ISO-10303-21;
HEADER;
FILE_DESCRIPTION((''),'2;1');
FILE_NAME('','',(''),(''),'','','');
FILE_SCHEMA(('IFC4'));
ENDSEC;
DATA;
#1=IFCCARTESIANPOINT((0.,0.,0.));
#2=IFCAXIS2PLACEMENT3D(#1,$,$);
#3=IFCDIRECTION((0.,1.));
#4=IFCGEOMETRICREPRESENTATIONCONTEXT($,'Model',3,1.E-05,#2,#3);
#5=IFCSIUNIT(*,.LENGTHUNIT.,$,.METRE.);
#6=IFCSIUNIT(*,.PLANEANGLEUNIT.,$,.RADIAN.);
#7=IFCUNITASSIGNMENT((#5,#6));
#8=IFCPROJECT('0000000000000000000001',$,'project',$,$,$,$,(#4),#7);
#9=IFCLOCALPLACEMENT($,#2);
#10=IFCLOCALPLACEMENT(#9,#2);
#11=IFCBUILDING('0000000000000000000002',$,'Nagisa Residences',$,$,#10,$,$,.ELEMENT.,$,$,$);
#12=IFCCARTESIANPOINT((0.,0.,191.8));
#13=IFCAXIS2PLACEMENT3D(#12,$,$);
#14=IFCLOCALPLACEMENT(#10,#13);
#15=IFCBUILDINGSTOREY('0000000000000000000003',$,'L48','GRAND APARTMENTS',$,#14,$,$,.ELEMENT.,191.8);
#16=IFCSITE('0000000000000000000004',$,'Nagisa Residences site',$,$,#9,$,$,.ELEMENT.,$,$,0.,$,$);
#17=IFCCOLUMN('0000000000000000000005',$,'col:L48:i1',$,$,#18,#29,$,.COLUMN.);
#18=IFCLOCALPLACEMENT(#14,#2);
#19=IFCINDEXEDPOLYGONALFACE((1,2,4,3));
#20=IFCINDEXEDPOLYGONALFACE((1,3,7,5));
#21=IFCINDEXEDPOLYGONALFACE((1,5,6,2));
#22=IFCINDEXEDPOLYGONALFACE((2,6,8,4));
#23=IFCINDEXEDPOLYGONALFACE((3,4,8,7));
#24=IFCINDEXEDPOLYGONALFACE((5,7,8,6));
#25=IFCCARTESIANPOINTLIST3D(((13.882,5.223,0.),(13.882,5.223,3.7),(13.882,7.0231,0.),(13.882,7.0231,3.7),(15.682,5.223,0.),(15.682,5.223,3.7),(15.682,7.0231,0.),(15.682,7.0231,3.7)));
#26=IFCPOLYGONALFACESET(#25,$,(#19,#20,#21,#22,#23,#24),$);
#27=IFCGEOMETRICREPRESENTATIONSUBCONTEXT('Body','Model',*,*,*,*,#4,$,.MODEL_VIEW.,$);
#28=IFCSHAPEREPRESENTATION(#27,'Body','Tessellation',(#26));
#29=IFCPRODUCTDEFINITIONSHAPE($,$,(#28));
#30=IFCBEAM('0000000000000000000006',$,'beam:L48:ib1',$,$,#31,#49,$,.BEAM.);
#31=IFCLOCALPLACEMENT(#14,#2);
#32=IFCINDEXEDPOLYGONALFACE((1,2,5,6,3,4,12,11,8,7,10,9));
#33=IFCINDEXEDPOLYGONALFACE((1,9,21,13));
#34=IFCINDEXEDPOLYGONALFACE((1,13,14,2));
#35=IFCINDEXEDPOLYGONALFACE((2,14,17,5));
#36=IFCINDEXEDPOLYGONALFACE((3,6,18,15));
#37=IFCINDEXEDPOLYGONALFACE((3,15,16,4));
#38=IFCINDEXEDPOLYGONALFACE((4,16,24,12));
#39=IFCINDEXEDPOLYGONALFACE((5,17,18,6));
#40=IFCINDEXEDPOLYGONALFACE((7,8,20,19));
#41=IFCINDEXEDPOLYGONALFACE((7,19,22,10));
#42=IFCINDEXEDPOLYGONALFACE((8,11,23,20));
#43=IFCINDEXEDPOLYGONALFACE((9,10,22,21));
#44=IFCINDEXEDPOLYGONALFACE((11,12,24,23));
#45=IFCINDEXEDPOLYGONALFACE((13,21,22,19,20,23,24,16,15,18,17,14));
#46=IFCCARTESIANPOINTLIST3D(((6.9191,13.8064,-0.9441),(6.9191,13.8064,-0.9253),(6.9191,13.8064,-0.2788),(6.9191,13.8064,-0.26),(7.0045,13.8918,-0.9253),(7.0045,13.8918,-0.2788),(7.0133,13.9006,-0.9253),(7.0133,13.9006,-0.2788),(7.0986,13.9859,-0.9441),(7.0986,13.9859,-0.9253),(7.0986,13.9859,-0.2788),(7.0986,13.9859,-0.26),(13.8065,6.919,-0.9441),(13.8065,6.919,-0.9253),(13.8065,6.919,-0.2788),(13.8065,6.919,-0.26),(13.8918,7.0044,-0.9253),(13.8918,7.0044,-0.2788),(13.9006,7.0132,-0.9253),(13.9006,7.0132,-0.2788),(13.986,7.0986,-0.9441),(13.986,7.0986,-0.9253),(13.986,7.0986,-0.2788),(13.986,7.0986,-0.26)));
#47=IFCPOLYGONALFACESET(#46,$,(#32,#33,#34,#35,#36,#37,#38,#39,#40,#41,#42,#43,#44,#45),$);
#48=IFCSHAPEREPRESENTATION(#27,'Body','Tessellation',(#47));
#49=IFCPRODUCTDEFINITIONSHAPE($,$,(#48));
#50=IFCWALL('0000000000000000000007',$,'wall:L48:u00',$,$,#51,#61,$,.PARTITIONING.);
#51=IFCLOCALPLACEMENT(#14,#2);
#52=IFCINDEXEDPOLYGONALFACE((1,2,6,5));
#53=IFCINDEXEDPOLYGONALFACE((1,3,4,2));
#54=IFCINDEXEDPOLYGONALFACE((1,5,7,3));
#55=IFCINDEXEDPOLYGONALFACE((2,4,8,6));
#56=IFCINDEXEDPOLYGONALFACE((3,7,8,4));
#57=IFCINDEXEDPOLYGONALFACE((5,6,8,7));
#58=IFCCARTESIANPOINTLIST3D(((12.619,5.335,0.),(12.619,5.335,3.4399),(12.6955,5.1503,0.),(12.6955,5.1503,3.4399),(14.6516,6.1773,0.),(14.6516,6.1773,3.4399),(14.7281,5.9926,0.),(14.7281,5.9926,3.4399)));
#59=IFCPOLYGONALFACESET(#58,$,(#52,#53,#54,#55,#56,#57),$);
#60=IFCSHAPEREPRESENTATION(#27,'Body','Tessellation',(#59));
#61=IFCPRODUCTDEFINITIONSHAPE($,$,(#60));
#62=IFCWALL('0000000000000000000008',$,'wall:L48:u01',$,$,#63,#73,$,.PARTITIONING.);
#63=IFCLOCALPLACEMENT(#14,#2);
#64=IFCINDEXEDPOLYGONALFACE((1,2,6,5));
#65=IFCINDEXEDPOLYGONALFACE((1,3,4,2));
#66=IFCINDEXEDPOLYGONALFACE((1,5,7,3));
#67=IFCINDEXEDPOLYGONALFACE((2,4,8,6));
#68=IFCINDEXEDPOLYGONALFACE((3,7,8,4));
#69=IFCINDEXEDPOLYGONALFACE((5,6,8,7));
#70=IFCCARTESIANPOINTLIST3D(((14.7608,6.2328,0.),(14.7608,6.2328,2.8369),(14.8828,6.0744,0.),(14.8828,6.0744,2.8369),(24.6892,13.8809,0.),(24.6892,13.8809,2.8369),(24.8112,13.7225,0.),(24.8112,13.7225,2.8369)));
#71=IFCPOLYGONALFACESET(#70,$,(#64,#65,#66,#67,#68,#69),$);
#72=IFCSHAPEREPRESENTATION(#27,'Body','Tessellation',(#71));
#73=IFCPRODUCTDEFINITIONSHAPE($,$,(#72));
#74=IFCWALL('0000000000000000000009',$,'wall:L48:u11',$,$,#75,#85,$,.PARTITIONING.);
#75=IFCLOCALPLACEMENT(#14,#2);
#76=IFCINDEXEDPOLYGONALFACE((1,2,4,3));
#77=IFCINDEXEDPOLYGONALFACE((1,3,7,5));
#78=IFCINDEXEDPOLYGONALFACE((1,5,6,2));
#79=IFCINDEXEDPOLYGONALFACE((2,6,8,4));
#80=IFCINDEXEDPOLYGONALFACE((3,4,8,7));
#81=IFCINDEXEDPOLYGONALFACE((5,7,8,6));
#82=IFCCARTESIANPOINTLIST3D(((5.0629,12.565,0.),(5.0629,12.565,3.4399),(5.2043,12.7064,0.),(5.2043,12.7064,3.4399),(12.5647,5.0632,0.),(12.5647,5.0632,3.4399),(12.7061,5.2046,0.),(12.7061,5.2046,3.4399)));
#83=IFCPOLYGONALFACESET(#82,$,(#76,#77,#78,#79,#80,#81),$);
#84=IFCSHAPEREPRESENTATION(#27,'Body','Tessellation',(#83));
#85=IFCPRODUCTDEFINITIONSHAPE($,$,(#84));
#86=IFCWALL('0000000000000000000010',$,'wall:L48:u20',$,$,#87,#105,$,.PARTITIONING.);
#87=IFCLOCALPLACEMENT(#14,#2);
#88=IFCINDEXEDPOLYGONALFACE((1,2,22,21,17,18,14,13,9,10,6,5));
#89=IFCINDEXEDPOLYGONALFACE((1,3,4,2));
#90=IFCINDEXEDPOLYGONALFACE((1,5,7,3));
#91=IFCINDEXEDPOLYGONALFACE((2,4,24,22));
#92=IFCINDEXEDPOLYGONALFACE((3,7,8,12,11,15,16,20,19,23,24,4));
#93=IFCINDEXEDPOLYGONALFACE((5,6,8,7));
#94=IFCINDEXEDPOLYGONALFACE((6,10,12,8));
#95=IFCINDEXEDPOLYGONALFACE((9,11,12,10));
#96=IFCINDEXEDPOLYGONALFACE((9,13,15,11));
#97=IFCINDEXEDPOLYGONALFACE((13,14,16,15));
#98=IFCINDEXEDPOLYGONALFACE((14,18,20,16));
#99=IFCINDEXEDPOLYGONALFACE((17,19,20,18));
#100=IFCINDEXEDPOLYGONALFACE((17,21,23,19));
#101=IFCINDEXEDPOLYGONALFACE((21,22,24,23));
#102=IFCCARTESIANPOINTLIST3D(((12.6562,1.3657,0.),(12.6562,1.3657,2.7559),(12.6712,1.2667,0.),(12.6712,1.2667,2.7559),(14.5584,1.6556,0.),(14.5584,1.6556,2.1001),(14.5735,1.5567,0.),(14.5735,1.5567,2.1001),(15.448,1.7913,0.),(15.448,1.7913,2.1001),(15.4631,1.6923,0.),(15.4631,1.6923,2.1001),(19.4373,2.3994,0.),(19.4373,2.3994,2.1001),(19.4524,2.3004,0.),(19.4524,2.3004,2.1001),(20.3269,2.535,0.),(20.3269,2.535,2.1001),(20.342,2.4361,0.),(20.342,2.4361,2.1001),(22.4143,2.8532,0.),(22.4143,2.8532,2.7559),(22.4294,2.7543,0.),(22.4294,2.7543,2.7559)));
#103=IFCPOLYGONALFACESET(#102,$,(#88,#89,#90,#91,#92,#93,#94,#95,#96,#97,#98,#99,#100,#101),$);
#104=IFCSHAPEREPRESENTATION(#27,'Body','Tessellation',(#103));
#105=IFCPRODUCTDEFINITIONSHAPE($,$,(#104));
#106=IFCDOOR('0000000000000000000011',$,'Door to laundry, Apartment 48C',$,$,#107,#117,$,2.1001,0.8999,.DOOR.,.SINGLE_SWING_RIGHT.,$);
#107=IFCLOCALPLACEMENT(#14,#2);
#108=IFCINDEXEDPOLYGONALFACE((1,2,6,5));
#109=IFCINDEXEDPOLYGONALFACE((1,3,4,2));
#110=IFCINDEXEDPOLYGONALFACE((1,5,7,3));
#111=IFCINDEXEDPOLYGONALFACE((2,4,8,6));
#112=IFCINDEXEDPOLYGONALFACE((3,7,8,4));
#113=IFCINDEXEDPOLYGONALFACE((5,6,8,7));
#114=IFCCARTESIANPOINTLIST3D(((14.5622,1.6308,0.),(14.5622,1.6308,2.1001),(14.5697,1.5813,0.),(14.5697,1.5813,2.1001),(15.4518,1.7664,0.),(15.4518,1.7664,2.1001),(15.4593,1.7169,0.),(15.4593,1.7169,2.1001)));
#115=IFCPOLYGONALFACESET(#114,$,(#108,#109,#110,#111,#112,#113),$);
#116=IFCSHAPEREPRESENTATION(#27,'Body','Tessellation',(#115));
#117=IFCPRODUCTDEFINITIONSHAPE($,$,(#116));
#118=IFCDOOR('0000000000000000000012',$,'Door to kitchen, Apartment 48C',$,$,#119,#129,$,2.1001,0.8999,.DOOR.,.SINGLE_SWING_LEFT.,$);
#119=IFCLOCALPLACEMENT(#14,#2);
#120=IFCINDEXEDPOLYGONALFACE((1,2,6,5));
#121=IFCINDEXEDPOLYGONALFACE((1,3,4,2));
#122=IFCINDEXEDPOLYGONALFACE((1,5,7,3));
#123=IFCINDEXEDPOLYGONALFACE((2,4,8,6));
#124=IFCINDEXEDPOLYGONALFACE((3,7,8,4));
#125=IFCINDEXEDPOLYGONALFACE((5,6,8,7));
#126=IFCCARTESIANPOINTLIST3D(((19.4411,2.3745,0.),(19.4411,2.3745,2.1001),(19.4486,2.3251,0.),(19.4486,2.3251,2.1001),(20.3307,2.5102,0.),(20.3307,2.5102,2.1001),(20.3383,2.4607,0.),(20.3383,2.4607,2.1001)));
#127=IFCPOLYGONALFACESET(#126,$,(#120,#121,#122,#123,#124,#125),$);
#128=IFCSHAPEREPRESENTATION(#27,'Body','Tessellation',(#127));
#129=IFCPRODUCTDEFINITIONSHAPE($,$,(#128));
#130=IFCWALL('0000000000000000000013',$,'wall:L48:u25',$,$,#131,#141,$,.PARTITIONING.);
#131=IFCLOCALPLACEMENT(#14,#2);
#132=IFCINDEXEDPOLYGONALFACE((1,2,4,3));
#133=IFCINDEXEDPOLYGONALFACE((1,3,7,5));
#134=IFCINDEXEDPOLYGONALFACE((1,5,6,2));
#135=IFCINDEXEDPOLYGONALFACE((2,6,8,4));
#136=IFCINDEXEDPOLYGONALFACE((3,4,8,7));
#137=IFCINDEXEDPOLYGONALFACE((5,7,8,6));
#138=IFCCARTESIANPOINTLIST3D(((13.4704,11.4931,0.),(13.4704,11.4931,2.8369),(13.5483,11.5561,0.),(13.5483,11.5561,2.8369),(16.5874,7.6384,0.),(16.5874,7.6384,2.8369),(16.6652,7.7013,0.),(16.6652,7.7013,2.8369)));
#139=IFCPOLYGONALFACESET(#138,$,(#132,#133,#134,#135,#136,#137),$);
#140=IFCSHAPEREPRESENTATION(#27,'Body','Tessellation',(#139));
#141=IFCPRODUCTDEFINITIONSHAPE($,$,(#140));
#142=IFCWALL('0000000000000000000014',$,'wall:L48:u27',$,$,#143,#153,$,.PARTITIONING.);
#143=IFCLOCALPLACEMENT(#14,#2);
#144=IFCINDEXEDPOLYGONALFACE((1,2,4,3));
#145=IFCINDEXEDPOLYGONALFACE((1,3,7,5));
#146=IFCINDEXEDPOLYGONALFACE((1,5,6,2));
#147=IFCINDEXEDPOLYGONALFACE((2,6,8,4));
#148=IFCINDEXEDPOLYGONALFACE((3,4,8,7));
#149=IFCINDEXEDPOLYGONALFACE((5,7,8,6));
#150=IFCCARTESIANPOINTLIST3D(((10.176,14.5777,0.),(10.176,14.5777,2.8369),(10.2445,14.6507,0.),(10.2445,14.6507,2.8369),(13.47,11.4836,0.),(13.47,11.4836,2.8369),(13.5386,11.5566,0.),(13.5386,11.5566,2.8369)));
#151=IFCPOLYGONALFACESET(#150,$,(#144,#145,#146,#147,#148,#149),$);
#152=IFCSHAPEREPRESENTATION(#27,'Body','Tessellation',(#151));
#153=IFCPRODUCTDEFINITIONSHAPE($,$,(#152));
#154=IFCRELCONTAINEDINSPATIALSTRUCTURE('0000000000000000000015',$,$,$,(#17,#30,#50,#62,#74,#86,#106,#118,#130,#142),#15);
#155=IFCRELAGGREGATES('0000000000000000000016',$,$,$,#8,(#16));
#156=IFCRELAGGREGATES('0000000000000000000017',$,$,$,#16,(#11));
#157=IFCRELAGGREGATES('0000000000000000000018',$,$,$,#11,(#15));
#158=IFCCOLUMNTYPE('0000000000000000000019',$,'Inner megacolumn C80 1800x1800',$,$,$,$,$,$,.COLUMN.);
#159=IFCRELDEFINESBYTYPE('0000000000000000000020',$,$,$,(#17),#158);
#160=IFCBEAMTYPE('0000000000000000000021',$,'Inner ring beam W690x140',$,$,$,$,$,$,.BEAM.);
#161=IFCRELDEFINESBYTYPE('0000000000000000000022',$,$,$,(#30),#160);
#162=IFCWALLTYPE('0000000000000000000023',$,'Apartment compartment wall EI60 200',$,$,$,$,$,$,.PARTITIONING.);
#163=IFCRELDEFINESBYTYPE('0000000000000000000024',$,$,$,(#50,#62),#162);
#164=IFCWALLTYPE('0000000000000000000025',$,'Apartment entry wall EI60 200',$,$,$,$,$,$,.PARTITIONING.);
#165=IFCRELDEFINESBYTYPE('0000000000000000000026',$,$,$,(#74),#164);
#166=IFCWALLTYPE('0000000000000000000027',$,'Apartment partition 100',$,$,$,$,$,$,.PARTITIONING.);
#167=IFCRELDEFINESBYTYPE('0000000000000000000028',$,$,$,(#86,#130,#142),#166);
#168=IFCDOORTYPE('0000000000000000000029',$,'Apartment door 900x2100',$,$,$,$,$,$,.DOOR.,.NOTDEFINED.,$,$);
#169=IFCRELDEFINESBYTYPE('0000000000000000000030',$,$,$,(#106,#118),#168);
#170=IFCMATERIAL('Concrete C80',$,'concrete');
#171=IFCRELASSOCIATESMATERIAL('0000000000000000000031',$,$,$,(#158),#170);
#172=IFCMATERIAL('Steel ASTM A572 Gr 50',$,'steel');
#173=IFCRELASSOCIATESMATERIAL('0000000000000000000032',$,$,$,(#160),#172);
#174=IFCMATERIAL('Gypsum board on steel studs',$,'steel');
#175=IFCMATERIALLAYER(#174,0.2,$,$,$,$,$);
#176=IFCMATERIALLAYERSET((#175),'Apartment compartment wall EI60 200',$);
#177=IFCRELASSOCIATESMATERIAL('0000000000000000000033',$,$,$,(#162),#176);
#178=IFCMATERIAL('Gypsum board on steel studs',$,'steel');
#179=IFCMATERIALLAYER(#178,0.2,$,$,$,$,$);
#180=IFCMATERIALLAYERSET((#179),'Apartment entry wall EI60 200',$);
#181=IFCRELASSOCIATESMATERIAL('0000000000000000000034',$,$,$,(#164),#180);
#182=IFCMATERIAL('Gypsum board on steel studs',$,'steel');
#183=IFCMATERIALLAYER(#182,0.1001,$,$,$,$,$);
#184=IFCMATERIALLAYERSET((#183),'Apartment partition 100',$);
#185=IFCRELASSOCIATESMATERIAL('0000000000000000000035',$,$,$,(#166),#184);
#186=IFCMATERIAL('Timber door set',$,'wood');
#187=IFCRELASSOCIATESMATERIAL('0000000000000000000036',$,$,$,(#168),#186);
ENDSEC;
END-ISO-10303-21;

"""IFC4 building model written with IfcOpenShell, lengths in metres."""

from ifc_helpers import new_model, si_unit, direction, frame, frame_2d, origin, origin_2d, place, context, subcontext, project, spatial, rectangle, i_section, extrude, material, layer, layer_set, material_profile, profile_set, type_object, element, fill, save


model = new_model("IFC4")

# Units and contexts
model_context = context("Model", 3, precision=1e-05, world=origin(), true_north=direction((0.0, 1.0)))
body_context = subcontext(model_context, "Body", "Model", "MODEL_VIEW")
ifc_project = project(units=[si_unit("LENGTHUNIT", "METRE"), si_unit("PLANEANGLEUNIT", "RADIAN")], contexts=[model_context])

# Site, building, storey
site_placement = place(None, origin())
site = spatial("IfcSite", under=ifc_project, at=site_placement, Name="Nagisa Residences site", CompositionType="ELEMENT", RefElevation=0.0)
building_placement = place(site_placement, origin())
building = spatial("IfcBuilding", under=site, at=building_placement, Name="Nagisa Residences", CompositionType="ELEMENT")
storey_placement = place(building_placement, frame((0.0, 0.0, 191.8)))
storey = spatial("IfcBuildingStorey", under=building, at=storey_placement, Name="L48", Description="GRAND APARTMENTS", CompositionType="ELEMENT", Elevation=191.8)

# Column
ifc_material_1 = material(Name="Concrete C80", Category="concrete")
ifc_material_profile_1 = material_profile(ifc_material_1, rectangle(XDim=1.8, YDim=1.8, at=origin_2d()), Name="C80 1800x1800")
ifc_profile_set_1 = profile_set([ifc_material_profile_1], Name="Concrete C80")
column_type = type_object("IfcColumnType", Name="Inner megacolumn C80 1800x1800", PredefinedType="COLUMN", material=ifc_profile_set_1)
column_placement = place(storey_placement, frame((14.782, 6.123, 0.0), z_axis=(0.0, 0.0, 1.0), x_axis=(1.0, 0.0, 0.0)))
element("IfcColumn", 1, at=column_placement, inside=storey, type_object=column_type, Name="col:L48:i1", PredefinedType="COLUMN", context=body_context, shape_type="SweptSolid", body=[
    extrude(rectangle(XDim=1.8, YDim=1.8, at=origin_2d()), origin(), (0.0, 0.0, 1.0), 3.7),
])

# Beam
ifc_material_2 = material(Name="Steel ASTM A572 Gr 50", Category="steel")
ifc_material_profile_2 = material_profile(ifc_material_2, i_section(OverallWidth=0.2539, OverallDepth=0.6841, WebThickness=0.0125, FlangeThickness=0.0188, at=origin_2d()), Name="W690x140")
ifc_profile_set_2 = profile_set([ifc_material_profile_2], Name="Steel ASTM A572 Gr 50")
beam_type = type_object("IfcBeamType", Name="Inner ring beam W690x140", PredefinedType="BEAM", material=ifc_profile_set_2)
beam_placement = place(storey_placement, frame((13.8962, 7.0088, -0.6021), z_axis=(-0.707107, 0.707107, 0.0), x_axis=(-0.707107, -0.707107, 0.0)))
element("IfcBeam", 2, at=beam_placement, inside=storey, type_object=beam_type, Name="beam:L48:ib1", PredefinedType="BEAM", context=body_context, shape_type="SweptSolid", body=[
    extrude(i_section(OverallWidth=0.2539, OverallDepth=0.6841, WebThickness=0.0125, FlangeThickness=0.0188, at=origin_2d()), origin(), (0.0, 0.0, 1.0), 9.7402),
])

# Walls
ifc_material_3 = material(Name="Gypsum board on steel studs", Category="steel")
ifc_layer_1 = layer(ifc_material_3, 0.2)
ifc_layer_set_1 = layer_set([ifc_layer_1], Name="Apartment compartment wall EI60 200")
wall_type_1 = type_object("IfcWallType", Name="Apartment compartment wall EI60 200", PredefinedType="PARTITIONING", material=ifc_layer_set_1)
wall_1_placement = place(storey_placement, frame((12.6572, 5.2427, 0.0), z_axis=(0.0, 0.0, 1.0), x_axis=(0.92383, 0.382803, 0.0)))
element("IfcWall", 3, at=wall_1_placement, inside=storey, type_object=wall_type_1, Name="wall:L48:u00", PredefinedType="PARTITIONING", context=body_context, shape_type="SweptSolid", body=[
    extrude(rectangle(XDim=2.2002, YDim=0.2, at=frame_2d((1.1001, 0.0))), origin(), (0.0, 0.0, 1.0), 3.4399),
])
wall_2_placement = place(storey_placement, frame((14.8218, 6.1536, 0.0), z_axis=(0.0, 0.0, 1.0), x_axis=(0.792203, 0.610258, 0.0)))
element("IfcWall", 4, at=wall_2_placement, inside=storey, type_object=wall_type_1, Name="wall:L48:u01", PredefinedType="PARTITIONING", context=body_context, shape_type="SweptSolid", body=[
    extrude(rectangle(XDim=12.5327, YDim=0.2, at=frame_2d((6.2664, 0.0))), origin(), (0.0, 0.0, 1.0), 2.8369),
])
ifc_material_4 = material(Name="Gypsum board on steel studs", Category="steel")
ifc_layer_2 = layer(ifc_material_4, 0.2)
ifc_layer_set_2 = layer_set([ifc_layer_2], Name="Apartment entry wall EI60 200")
wall_type_2 = type_object("IfcWallType", Name="Apartment entry wall EI60 200", PredefinedType="PARTITIONING", material=ifc_layer_set_2)
wall_3_placement = place(storey_placement, frame((12.6355, 5.1338, 0.0), z_axis=(0.0, 0.0, 1.0), x_axis=(-0.707107, 0.707107, 0.0)))
element("IfcWall", 5, at=wall_3_placement, inside=storey, type_object=wall_type_2, Name="wall:L48:u11", PredefinedType="PARTITIONING", context=body_context, shape_type="SweptSolid", body=[
    extrude(rectangle(XDim=10.6091, YDim=0.2, at=frame_2d((5.3047, 0.0))), origin(), (0.0, 0.0, 1.0), 3.4399),
])

# Wall, openings, doors
ifc_material_5 = material(Name="Gypsum board on steel studs", Category="steel")
ifc_layer_3 = layer(ifc_material_5, 0.1001)
ifc_layer_set_3 = layer_set([ifc_layer_3], Name="Apartment partition 100")
wall_type_3 = type_object("IfcWallType", Name="Apartment partition 100", PredefinedType="PARTITIONING", material=ifc_layer_set_3)
wall_4_placement = place(storey_placement, frame((12.6636, 1.3162, 0.0), z_axis=(0.0, 0.0, 1.0), x_axis=(0.988579, 0.150702, 0.0)))
wall_4 = element("IfcWall", 6, at=wall_4_placement, inside=storey, type_object=wall_type_3, Name="wall:L48:u20", PredefinedType="PARTITIONING", context=body_context, shape_type="SweptSolid", body=[
    extrude(rectangle(XDim=9.8708, YDim=0.1001, at=frame_2d((4.9355, 0.0))), origin(), (0.0, 0.0, 1.0), 2.7559),
])
opening_1_placement = place(wall_4_placement, frame((1.9243, 0.0, 0.0)))
opening_1 = element("IfcOpeningElement", 7, at=opening_1_placement, cuts=wall_4, PredefinedType="OPENING", context=body_context, shape_type="SweptSolid", body=[
    extrude(rectangle(XDim=0.8999, YDim=2.1001, at=frame_2d((0.45, 1.05))), frame((0.0, 0.0601, 0.0), z_axis=(0.0, -1.0, 0.0), x_axis=(1.0, 0.0, 0.0)), (0.0, 0.0, 1.0), 0.1201),
])
opening_2_placement = place(wall_4_placement, frame((6.8596, 0.0, 0.0)))
opening_2 = element("IfcOpeningElement", 8, at=opening_2_placement, cuts=wall_4, PredefinedType="OPENING", context=body_context, shape_type="SweptSolid", body=[
    extrude(rectangle(XDim=0.8999, YDim=2.1001, at=frame_2d((0.45, 1.05))), frame((0.0, 0.0601, 0.0), z_axis=(0.0, -1.0, 0.0), x_axis=(1.0, 0.0, 0.0)), (0.0, 0.0, 1.0), 0.1201),
])
ifc_material_6 = material(Name="Timber door set", Category="wood")
door_type_1 = type_object("IfcDoorType", Name="Apartment door 900x2100", OperationType="NOTDEFINED", PredefinedType="DOOR", material=ifc_material_6)
door_1_placement = place(opening_1_placement, origin())
door_1 = element("IfcDoor", 9, at=door_1_placement, inside=storey, type_object=door_type_1, Name="Door to laundry, Apartment 48C", OperationType="SINGLE_SWING_RIGHT", OverallHeight=2.1001, OverallWidth=0.8999, PredefinedType="DOOR", context=body_context, shape_type="SweptSolid", body=[
    extrude(rectangle(XDim=0.8999, YDim=2.1001, at=frame_2d((0.45, 1.05))), frame((0.0, 0.0249, 0.0), z_axis=(0.0, -1.0, 0.0), x_axis=(1.0, 0.0, 0.0)), (0.0, 0.0, 1.0), 0.05),
])
fill(opening_1, door_1)
door_2_placement = place(opening_2_placement, origin())
door_2 = element("IfcDoor", 10, at=door_2_placement, inside=storey, type_object=door_type_1, Name="Door to kitchen, Apartment 48C", OperationType="SINGLE_SWING_LEFT", OverallHeight=2.1001, OverallWidth=0.8999, PredefinedType="DOOR", context=body_context, shape_type="SweptSolid", body=[
    extrude(rectangle(XDim=0.8999, YDim=2.1001, at=frame_2d((0.45, 1.05))), frame((0.0, 0.0249, 0.0), z_axis=(0.0, -1.0, 0.0), x_axis=(1.0, 0.0, 0.0)), (0.0, 0.0, 1.0), 0.05),
])
fill(opening_2, door_2)

# Walls
wall_5_placement = place(storey_placement, frame((16.6262, 7.6699, 0.0), z_axis=(0.0, 0.0, 1.0), x_axis=(-0.628765, 0.777596, 0.0)))
element("IfcWall", 11, at=wall_5_placement, inside=storey, type_object=wall_type_3, Name="wall:L48:u25", PredefinedType="PARTITIONING", context=body_context, shape_type="SweptSolid", body=[
    extrude(rectangle(XDim=4.9573, YDim=0.1001, at=frame_2d((2.4785, 0.0))), origin(), (0.0, 0.0, 1.0), 2.8369),
])
wall_6_placement = place(storey_placement, frame((13.5044, 11.52, 0.0), z_axis=(0.0, 0.0, 1.0), x_axis=(-0.728883, 0.684638, 0.0)))
element("IfcWall", 12, at=wall_6_placement, inside=storey, type_object=wall_type_3, Name="wall:L48:u27", PredefinedType="PARTITIONING", context=body_context, shape_type="SweptSolid", body=[
    extrude(rectangle(XDim=4.5193, YDim=0.1001, at=frame_2d((2.2598, 0.0))), origin(), (0.0, 0.0, 1.0), 2.8369),
])

save(model, "model.ifc")
